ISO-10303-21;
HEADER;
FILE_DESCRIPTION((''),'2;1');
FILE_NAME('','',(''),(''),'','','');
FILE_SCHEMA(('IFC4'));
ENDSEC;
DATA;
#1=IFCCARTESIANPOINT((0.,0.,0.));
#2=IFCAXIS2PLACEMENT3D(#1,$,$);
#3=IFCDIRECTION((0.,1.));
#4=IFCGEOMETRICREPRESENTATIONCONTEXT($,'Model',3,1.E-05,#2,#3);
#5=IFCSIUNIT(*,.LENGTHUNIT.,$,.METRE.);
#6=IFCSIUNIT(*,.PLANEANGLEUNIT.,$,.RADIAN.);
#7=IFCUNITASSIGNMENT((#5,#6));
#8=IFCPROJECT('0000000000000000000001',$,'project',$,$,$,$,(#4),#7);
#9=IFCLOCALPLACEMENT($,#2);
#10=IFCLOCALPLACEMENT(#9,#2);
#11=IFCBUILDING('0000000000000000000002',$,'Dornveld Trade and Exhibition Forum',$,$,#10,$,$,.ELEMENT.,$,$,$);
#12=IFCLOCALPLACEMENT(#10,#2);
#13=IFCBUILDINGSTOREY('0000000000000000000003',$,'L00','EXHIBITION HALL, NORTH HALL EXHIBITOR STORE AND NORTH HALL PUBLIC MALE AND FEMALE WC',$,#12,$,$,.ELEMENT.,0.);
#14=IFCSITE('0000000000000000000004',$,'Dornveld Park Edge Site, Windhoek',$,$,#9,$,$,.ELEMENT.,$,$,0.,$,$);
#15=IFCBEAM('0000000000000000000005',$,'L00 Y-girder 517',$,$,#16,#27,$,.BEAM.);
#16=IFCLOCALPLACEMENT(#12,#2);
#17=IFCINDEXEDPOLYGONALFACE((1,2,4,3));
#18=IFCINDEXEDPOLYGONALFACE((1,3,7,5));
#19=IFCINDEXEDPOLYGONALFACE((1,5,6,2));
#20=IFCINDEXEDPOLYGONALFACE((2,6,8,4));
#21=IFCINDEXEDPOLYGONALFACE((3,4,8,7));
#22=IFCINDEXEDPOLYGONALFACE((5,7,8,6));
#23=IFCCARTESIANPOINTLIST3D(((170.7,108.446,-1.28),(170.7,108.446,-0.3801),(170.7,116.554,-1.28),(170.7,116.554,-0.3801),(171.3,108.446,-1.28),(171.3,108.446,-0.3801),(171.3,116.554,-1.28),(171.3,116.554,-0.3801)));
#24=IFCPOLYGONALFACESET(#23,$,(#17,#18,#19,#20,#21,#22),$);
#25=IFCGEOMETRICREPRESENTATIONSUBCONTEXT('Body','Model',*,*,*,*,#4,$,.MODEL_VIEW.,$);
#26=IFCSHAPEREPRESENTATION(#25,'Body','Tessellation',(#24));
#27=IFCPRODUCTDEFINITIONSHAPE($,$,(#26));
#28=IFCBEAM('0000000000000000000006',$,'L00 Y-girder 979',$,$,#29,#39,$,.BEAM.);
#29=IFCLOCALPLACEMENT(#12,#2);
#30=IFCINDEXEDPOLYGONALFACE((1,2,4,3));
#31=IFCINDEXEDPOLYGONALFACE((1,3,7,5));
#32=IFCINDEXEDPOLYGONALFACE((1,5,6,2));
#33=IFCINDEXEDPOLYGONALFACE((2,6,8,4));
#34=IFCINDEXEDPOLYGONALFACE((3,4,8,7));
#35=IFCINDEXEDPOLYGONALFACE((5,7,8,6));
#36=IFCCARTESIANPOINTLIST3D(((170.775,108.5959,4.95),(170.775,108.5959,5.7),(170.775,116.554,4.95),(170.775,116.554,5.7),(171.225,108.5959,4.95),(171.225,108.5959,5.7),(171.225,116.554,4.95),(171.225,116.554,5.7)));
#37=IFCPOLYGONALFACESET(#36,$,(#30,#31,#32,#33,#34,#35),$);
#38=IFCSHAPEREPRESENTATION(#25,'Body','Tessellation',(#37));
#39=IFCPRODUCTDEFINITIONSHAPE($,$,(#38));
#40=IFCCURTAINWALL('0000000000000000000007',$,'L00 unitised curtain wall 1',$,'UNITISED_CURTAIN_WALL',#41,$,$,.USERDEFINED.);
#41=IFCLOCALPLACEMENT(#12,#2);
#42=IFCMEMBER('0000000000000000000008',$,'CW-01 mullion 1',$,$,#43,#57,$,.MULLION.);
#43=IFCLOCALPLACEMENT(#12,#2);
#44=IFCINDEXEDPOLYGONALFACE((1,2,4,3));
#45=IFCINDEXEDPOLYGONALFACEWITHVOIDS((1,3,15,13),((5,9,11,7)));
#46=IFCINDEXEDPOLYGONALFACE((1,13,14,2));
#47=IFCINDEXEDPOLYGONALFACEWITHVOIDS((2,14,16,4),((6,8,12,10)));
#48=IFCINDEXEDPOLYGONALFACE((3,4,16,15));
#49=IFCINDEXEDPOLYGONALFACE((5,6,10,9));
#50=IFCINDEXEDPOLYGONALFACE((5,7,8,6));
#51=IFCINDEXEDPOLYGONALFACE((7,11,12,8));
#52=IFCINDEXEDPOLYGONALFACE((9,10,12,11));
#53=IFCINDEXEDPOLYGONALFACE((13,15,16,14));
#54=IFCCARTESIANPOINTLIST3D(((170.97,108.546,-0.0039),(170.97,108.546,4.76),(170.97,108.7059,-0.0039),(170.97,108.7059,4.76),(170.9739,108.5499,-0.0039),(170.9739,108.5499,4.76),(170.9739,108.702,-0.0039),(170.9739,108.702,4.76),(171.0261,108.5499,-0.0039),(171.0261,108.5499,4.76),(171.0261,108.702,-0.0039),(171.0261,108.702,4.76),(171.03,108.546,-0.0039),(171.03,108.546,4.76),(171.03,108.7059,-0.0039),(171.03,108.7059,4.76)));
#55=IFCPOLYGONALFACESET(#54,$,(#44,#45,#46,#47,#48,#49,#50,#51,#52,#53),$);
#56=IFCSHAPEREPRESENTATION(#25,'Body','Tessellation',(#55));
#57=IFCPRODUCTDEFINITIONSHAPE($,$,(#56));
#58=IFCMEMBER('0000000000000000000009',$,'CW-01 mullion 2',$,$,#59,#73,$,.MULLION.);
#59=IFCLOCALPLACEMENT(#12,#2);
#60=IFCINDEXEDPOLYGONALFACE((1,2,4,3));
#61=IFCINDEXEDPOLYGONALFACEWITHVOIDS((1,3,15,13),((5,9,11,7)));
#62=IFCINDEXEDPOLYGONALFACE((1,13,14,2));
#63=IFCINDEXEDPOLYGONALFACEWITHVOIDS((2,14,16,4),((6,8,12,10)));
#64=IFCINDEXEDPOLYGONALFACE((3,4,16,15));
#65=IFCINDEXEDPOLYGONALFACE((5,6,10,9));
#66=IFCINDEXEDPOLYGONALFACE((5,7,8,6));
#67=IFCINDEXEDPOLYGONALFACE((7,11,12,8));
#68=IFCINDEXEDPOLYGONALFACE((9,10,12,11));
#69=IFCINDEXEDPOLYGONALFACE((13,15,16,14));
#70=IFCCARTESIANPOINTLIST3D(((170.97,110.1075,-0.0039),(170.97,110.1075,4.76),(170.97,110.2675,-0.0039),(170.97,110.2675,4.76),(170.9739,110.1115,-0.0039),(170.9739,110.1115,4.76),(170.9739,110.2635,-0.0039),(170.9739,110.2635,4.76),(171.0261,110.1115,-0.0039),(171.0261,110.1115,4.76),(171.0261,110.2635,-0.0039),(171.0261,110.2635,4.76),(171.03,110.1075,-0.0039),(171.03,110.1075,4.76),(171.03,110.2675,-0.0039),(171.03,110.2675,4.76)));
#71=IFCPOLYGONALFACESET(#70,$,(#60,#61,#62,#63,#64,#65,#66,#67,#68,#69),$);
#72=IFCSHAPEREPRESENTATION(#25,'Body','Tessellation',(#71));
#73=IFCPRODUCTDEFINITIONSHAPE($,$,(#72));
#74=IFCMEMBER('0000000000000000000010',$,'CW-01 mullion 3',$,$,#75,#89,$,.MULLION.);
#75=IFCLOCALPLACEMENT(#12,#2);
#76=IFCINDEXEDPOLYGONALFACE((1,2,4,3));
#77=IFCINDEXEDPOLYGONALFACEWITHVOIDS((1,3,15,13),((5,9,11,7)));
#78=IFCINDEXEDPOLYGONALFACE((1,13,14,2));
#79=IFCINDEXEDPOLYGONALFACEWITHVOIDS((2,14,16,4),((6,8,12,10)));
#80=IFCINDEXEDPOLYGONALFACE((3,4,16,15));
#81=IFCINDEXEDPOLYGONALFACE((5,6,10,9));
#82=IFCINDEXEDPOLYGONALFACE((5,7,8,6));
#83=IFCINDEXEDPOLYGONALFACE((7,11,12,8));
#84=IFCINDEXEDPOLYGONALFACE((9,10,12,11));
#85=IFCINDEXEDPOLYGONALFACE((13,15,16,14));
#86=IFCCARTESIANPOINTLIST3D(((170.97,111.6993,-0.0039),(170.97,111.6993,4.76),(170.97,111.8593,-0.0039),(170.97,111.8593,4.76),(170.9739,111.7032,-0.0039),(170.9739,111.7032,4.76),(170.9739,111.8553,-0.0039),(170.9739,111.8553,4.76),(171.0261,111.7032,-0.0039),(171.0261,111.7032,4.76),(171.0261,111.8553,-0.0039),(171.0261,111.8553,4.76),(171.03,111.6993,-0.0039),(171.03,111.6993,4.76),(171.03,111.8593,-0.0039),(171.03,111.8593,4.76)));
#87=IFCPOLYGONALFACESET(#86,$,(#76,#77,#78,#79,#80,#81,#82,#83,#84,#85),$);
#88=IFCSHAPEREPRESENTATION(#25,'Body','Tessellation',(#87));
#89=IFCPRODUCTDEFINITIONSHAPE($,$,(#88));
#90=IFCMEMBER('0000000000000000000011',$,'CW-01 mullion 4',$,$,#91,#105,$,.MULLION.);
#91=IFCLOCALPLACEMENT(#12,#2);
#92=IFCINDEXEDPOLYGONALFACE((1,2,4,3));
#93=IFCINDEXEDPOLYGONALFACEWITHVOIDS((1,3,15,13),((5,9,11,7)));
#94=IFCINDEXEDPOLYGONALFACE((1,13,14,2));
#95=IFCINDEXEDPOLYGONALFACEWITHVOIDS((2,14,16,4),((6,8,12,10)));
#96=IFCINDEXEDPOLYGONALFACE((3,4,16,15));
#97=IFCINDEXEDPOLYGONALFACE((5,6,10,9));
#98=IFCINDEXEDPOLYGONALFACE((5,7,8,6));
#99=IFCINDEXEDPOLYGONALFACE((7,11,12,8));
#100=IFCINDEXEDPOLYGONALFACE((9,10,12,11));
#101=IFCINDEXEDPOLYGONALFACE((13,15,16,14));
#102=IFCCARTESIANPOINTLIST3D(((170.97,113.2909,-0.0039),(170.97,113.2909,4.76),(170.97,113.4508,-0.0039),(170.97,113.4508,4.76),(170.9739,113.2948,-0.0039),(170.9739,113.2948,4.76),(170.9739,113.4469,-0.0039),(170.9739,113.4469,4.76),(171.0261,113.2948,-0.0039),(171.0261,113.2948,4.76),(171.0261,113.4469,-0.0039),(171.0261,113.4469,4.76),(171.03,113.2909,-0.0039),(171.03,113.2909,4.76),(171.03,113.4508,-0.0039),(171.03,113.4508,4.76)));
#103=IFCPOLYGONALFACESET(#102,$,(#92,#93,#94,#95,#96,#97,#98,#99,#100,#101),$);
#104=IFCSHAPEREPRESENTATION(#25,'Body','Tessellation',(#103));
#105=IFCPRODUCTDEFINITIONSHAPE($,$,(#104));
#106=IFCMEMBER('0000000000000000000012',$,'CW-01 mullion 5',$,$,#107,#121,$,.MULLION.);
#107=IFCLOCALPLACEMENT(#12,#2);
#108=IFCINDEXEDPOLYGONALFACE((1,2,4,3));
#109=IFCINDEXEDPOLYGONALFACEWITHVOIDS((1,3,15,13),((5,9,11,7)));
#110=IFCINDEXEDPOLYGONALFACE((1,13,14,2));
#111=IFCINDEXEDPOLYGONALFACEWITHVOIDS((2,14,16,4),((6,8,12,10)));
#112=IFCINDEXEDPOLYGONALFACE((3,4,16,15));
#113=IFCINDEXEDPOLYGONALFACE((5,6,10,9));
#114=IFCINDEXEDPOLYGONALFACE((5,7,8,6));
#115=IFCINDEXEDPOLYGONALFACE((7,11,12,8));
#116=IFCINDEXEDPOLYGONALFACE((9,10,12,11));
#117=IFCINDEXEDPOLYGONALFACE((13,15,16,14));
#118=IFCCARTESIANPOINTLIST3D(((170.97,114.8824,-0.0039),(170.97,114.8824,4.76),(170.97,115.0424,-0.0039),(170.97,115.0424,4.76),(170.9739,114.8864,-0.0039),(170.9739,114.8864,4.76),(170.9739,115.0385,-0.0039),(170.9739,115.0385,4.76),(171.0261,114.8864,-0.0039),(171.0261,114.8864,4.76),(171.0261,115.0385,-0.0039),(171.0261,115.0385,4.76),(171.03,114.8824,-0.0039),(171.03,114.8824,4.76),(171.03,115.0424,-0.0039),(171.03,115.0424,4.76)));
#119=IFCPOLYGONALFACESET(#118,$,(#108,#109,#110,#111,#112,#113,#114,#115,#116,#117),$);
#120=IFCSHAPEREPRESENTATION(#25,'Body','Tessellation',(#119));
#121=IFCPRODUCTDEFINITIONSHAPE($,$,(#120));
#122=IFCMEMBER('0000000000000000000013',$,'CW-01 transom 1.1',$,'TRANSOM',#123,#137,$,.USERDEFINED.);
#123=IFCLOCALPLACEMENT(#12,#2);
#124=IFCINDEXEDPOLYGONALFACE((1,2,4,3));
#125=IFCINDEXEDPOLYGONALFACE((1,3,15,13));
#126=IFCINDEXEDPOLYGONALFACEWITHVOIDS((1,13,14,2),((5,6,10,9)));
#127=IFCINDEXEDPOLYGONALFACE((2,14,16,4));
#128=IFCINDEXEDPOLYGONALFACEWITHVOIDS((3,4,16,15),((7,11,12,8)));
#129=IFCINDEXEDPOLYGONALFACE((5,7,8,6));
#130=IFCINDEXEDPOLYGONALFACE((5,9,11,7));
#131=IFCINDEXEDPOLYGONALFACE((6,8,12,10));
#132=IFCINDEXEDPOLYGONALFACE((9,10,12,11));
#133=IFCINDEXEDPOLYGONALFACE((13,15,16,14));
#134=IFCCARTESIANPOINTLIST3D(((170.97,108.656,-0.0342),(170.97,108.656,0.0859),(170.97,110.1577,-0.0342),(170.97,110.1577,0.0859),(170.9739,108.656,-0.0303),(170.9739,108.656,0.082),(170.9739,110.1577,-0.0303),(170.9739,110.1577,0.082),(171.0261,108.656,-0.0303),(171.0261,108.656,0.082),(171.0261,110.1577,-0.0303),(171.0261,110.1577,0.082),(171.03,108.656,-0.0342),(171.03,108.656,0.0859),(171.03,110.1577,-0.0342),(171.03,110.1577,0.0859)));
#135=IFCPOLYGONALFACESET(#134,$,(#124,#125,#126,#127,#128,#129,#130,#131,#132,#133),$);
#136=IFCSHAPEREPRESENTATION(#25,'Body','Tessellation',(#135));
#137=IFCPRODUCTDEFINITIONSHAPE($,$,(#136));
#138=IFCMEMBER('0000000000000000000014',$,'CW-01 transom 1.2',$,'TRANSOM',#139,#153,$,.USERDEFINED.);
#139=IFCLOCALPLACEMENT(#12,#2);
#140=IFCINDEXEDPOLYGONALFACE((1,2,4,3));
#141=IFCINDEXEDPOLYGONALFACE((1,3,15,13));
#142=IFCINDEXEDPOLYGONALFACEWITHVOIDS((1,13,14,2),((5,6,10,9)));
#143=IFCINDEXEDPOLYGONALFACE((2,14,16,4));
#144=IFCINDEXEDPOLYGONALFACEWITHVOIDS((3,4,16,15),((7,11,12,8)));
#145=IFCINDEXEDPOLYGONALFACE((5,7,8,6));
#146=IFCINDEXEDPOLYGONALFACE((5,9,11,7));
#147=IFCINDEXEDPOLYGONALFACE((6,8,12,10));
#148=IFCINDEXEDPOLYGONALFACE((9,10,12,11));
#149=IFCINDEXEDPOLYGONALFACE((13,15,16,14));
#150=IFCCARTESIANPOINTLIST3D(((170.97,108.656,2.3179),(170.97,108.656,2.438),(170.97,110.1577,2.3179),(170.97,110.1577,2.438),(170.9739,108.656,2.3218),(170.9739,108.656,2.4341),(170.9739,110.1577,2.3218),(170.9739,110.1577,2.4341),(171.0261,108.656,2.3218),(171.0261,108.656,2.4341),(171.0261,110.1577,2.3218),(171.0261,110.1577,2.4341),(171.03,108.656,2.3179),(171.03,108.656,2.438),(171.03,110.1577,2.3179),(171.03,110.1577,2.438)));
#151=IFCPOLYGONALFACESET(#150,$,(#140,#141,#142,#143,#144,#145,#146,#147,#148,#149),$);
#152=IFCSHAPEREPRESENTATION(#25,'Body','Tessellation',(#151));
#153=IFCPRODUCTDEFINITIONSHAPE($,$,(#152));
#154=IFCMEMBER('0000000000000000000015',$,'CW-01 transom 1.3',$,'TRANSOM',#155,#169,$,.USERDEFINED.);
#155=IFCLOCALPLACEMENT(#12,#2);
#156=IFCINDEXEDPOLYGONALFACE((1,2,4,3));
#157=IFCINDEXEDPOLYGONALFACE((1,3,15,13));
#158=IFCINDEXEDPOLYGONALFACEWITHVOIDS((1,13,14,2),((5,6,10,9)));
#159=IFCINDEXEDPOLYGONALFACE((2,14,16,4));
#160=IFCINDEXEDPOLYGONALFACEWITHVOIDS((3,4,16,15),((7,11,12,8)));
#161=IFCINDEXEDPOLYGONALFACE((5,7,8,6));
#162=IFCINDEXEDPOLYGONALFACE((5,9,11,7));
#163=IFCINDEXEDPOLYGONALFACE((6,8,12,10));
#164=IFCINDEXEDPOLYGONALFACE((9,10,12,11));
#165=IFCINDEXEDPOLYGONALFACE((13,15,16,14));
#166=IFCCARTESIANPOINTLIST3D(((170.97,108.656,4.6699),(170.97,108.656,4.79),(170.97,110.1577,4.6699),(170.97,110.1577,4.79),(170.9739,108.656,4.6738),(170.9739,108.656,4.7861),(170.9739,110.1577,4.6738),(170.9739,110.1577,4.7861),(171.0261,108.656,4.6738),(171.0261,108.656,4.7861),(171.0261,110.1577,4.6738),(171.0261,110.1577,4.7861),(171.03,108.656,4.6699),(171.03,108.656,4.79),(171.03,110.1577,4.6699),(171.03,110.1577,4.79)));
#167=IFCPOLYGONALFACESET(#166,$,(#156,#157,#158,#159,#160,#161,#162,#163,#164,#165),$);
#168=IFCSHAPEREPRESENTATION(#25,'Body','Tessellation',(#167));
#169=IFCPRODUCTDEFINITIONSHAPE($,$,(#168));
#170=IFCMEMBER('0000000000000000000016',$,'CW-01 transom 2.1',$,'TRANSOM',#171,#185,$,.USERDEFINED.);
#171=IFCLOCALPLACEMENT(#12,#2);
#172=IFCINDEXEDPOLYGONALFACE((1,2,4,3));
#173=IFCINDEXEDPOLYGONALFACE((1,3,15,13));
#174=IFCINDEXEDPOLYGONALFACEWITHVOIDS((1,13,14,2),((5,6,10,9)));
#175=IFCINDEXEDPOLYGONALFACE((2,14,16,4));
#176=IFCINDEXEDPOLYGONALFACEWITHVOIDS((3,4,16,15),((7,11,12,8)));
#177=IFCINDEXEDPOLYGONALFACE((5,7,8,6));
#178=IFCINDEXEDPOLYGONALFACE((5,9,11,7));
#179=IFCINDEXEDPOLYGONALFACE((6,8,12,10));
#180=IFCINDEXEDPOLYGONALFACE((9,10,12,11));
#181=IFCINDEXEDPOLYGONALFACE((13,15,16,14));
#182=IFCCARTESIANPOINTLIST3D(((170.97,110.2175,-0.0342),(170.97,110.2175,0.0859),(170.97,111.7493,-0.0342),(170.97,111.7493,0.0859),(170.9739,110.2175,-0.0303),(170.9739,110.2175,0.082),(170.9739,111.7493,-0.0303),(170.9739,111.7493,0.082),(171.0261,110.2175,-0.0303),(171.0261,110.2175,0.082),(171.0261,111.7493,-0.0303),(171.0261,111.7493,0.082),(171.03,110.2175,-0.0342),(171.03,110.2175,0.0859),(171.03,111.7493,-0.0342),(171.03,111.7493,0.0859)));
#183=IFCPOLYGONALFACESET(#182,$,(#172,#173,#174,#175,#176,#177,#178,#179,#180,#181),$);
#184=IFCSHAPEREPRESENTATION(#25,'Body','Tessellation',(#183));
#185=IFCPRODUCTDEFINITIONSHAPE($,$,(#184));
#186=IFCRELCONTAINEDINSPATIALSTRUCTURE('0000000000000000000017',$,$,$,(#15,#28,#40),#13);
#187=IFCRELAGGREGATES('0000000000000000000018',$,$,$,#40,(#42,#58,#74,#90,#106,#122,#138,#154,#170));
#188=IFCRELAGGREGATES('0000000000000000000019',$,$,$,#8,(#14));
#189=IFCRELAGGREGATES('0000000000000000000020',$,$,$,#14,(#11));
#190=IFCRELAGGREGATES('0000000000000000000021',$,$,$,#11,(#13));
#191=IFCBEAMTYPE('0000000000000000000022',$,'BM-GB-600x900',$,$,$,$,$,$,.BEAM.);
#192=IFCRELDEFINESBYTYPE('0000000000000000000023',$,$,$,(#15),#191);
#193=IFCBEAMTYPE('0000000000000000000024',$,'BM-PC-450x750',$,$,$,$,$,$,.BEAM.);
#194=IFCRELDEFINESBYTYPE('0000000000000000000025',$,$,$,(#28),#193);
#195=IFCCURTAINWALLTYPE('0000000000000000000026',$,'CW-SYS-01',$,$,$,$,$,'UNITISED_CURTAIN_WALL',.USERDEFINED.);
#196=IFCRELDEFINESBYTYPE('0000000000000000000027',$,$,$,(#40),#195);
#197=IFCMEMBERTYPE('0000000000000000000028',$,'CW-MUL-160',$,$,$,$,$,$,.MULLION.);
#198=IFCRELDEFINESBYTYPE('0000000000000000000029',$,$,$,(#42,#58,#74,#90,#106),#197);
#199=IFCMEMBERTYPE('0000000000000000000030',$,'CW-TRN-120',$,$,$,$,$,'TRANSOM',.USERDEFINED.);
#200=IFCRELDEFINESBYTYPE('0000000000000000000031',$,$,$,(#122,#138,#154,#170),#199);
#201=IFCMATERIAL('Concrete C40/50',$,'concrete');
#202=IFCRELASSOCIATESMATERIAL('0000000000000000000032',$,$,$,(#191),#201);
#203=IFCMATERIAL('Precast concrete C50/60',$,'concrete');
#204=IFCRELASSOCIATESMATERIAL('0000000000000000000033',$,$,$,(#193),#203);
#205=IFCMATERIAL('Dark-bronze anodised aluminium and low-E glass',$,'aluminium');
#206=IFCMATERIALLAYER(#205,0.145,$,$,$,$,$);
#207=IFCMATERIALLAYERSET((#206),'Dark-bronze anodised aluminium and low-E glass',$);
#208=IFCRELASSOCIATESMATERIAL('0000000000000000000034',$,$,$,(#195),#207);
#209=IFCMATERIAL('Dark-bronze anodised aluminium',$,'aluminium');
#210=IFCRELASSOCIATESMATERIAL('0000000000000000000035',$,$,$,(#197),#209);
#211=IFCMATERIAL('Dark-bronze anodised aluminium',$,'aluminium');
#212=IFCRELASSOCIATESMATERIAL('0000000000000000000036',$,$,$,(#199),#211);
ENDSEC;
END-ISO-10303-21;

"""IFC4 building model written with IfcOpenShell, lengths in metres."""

from ifc_helpers import new_model, si_unit, direction, frame, origin, origin_2d, place, context, subcontext, project, spatial, rectangle, hollow_rectangle, extrude, material, layer, layer_set, material_profile, profile_set, type_object, element, aggregate, save


model = new_model("IFC4")

# Units and contexts
model_context = context("Model", 3, precision=1e-05, world=origin(), true_north=direction((0.0, 1.0)))
body_context = subcontext(model_context, "Body", "Model", "MODEL_VIEW")
ifc_project = project(units=[si_unit("LENGTHUNIT", "METRE"), si_unit("PLANEANGLEUNIT", "RADIAN")], contexts=[model_context])

# Site, building, storey
site_placement = place(None, origin())
site = spatial("IfcSite", under=ifc_project, at=site_placement, Name="Dornveld Park Edge Site, Windhoek", CompositionType="ELEMENT", RefElevation=0.0)
building_placement = place(site_placement, origin())
building = spatial("IfcBuilding", under=site, at=building_placement, Name="Dornveld Trade and Exhibition Forum", CompositionType="ELEMENT")
storey_placement = place(building_placement, origin())
storey = spatial("IfcBuildingStorey", under=building, at=storey_placement, Name="L00", Description="EXHIBITION HALL, NORTH HALL EXHIBITOR STORE AND NORTH HALL PUBLIC MALE AND FEMALE WC", CompositionType="ELEMENT", Elevation=0.0)

# Beams
ifc_material_1 = material(Name="Concrete C40/50", Category="concrete")
ifc_material_profile_1 = material_profile(ifc_material_1, rectangle(XDim=0.6001, YDim=0.8999, at=origin_2d()), Name="RC-GB 600x900")
ifc_profile_set_1 = profile_set([ifc_material_profile_1], Name="Concrete C40/50")
beam_type_1 = type_object("IfcBeamType", Name="BM-GB-600x900", PredefinedType="BEAM", material=ifc_profile_set_1)
beam_1_placement = place(storey_placement, frame((171.0, 108.446, -0.8301), z_axis=(0.0, 1.0, 0.0), x_axis=(-1.0, 0.0, 0.0)))
element("IfcBeam", 1, at=beam_1_placement, inside=storey, type_object=beam_type_1, Name="L00 Y-girder 517", PredefinedType="BEAM", context=body_context, shape_type="SweptSolid", body=[
    extrude(rectangle(XDim=0.6001, YDim=0.8999, at=origin_2d()), origin(), (0.0, 0.0, 1.0), 8.1079),
])
ifc_material_2 = material(Name="Precast concrete C50/60", Category="concrete")
ifc_material_profile_2 = material_profile(ifc_material_2, rectangle(XDim=0.45, YDim=0.75, at=origin_2d()), Name="PC-BM 450x750")
ifc_profile_set_2 = profile_set([ifc_material_profile_2], Name="Precast concrete C50/60")
beam_type_2 = type_object("IfcBeamType", Name="BM-PC-450x750", PredefinedType="BEAM", material=ifc_profile_set_2)
beam_2_placement = place(storey_placement, frame((171.0, 108.5959, 5.325), z_axis=(0.0, 1.0, 0.0), x_axis=(-1.0, 0.0, 0.0)))
element("IfcBeam", 2, at=beam_2_placement, inside=storey, type_object=beam_type_2, Name="L00 Y-girder 979", PredefinedType="BEAM", context=body_context, shape_type="SweptSolid", body=[
    extrude(rectangle(XDim=0.45, YDim=0.75, at=origin_2d()), origin(), (0.0, 0.0, 1.0), 7.958),
])

# Curtain wall, members
ifc_material_3 = material(Name="Dark-bronze anodised aluminium and low-E glass", Category="aluminium")
ifc_layer_1 = layer(ifc_material_3, 0.145)
ifc_layer_set_1 = layer_set([ifc_layer_1], Name="Dark-bronze anodised aluminium and low-E glass")
curtain_wall_type = type_object("IfcCurtainWallType", Name="CW-SYS-01", ElementType="UNITISED_CURTAIN_WALL", PredefinedType="USERDEFINED", material=ifc_layer_set_1)
curtain_wall_placement = place(storey_placement, origin())
curtain_wall = element("IfcCurtainWall", 3, at=curtain_wall_placement, inside=storey, type_object=curtain_wall_type, Name="L00 unitised curtain wall 1", ObjectType="UNITISED_CURTAIN_WALL", PredefinedType="USERDEFINED")
ifc_material_4 = material(Name="Dark-bronze anodised aluminium", Category="aluminium")
ifc_material_profile_3 = material_profile(ifc_material_4, hollow_rectangle(XDim=0.0601, YDim=0.1599, WallThickness=0.0039, at=origin_2d()), Name="RHS 160x60x4")
ifc_profile_set_3 = profile_set([ifc_material_profile_3], Name="Dark-bronze anodised aluminium")
member_type_1 = type_object("IfcMemberType", Name="CW-MUL-160", PredefinedType="MULLION", material=ifc_profile_set_3)
member_1_placement = place(storey_placement, frame((171.0, 108.626, -0.0039), z_axis=(0.0, 0.0, 1.0), x_axis=(-1.0, 0.0, 0.0)))
member_1 = element("IfcMember", 4, at=member_1_placement, type_object=member_type_1, Name="CW-01 mullion 1", PredefinedType="MULLION", context=body_context, shape_type="SweptSolid", body=[
    extrude(hollow_rectangle(XDim=0.0601, YDim=0.1599, WallThickness=0.0039, at=origin_2d()), origin(), (0.0, 0.0, 1.0), 4.7639),
])
member_2_placement = place(storey_placement, frame((171.0, 110.1875, -0.0039), z_axis=(0.0, 0.0, 1.0), x_axis=(-1.0, 0.0, 0.0)))
member_2 = element("IfcMember", 5, at=member_2_placement, type_object=member_type_1, Name="CW-01 mullion 2", PredefinedType="MULLION", context=body_context, shape_type="SweptSolid", body=[
    extrude(hollow_rectangle(XDim=0.0601, YDim=0.1599, WallThickness=0.0039, at=origin_2d()), origin(), (0.0, 0.0, 1.0), 4.7639),
])
member_3_placement = place(storey_placement, frame((171.0, 111.7793, -0.0039), z_axis=(0.0, 0.0, 1.0), x_axis=(-1.0, 0.0, 0.0)))
member_3 = element("IfcMember", 6, at=member_3_placement, type_object=member_type_1, Name="CW-01 mullion 3", PredefinedType="MULLION", context=body_context, shape_type="SweptSolid", body=[
    extrude(hollow_rectangle(XDim=0.0601, YDim=0.1599, WallThickness=0.0039, at=origin_2d()), origin(), (0.0, 0.0, 1.0), 4.7639),
])
member_4_placement = place(storey_placement, frame((171.0, 113.3708, -0.0039), z_axis=(0.0, 0.0, 1.0), x_axis=(-1.0, 0.0, 0.0)))
member_4 = element("IfcMember", 7, at=member_4_placement, type_object=member_type_1, Name="CW-01 mullion 4", PredefinedType="MULLION", context=body_context, shape_type="SweptSolid", body=[
    extrude(hollow_rectangle(XDim=0.0601, YDim=0.1599, WallThickness=0.0039, at=origin_2d()), origin(), (0.0, 0.0, 1.0), 4.7639),
])
member_5_placement = place(storey_placement, frame((171.0, 114.9624, -0.0039), z_axis=(0.0, 0.0, 1.0), x_axis=(-1.0, 0.0, 0.0)))
member_5 = element("IfcMember", 8, at=member_5_placement, type_object=member_type_1, Name="CW-01 mullion 5", PredefinedType="MULLION", context=body_context, shape_type="SweptSolid", body=[
    extrude(hollow_rectangle(XDim=0.0601, YDim=0.1599, WallThickness=0.0039, at=origin_2d()), origin(), (0.0, 0.0, 1.0), 4.7639),
])
ifc_material_5 = material(Name="Dark-bronze anodised aluminium", Category="aluminium")
ifc_material_profile_4 = material_profile(ifc_material_5, hollow_rectangle(XDim=0.0601, YDim=0.1201, WallThickness=0.0039, at=origin_2d()), Name="RHS 120x60x4")
ifc_profile_set_4 = profile_set([ifc_material_profile_4], Name="Dark-bronze anodised aluminium")
member_type_2 = type_object("IfcMemberType", Name="CW-TRN-120", ElementType="TRANSOM", PredefinedType="USERDEFINED", material=ifc_profile_set_4)
member_6_placement = place(storey_placement, frame((171.0, 108.656, 0.0259), z_axis=(0.0, 1.0, 0.0), x_axis=(-1.0, 0.0, 0.0)))
member_6 = element("IfcMember", 9, at=member_6_placement, type_object=member_type_2, Name="CW-01 transom 1.1", ObjectType="TRANSOM", PredefinedType="USERDEFINED", context=body_context, shape_type="SweptSolid", body=[
    extrude(hollow_rectangle(XDim=0.0601, YDim=0.1201, WallThickness=0.0039, at=origin_2d()), origin(), (0.0, 0.0, 1.0), 1.5017),
])
member_7_placement = place(storey_placement, frame((171.0, 108.656, 2.3779), z_axis=(0.0, 1.0, 0.0), x_axis=(-1.0, 0.0, 0.0)))
member_7 = element("IfcMember", 10, at=member_7_placement, type_object=member_type_2, Name="CW-01 transom 1.2", ObjectType="TRANSOM", PredefinedType="USERDEFINED", context=body_context, shape_type="SweptSolid", body=[
    extrude(hollow_rectangle(XDim=0.0601, YDim=0.1201, WallThickness=0.0039, at=origin_2d()), origin(), (0.0, 0.0, 1.0), 1.5017),
])
member_8_placement = place(storey_placement, frame((171.0, 108.656, 4.73), z_axis=(0.0, 1.0, 0.0), x_axis=(-1.0, 0.0, 0.0)))
member_8 = element("IfcMember", 11, at=member_8_placement, type_object=member_type_2, Name="CW-01 transom 1.3", ObjectType="TRANSOM", PredefinedType="USERDEFINED", context=body_context, shape_type="SweptSolid", body=[
    extrude(hollow_rectangle(XDim=0.0601, YDim=0.1201, WallThickness=0.0039, at=origin_2d()), origin(), (0.0, 0.0, 1.0), 1.5017),
])
member_9_placement = place(storey_placement, frame((171.0, 110.2175, 0.0259), z_axis=(0.0, 1.0, 0.0), x_axis=(-1.0, 0.0, 0.0)))
member_9 = element("IfcMember", 12, at=member_9_placement, type_object=member_type_2, Name="CW-01 transom 2.1", ObjectType="TRANSOM", PredefinedType="USERDEFINED", context=body_context, shape_type="SweptSolid", body=[
    extrude(hollow_rectangle(XDim=0.0601, YDim=0.1201, WallThickness=0.0039, at=origin_2d()), origin(), (0.0, 0.0, 1.0), 1.5317),
])
aggregate(curtain_wall, [member_1, member_2, member_3, member_4, member_5, member_6, member_7, member_8, member_9])

save(model, "model.ifc")
